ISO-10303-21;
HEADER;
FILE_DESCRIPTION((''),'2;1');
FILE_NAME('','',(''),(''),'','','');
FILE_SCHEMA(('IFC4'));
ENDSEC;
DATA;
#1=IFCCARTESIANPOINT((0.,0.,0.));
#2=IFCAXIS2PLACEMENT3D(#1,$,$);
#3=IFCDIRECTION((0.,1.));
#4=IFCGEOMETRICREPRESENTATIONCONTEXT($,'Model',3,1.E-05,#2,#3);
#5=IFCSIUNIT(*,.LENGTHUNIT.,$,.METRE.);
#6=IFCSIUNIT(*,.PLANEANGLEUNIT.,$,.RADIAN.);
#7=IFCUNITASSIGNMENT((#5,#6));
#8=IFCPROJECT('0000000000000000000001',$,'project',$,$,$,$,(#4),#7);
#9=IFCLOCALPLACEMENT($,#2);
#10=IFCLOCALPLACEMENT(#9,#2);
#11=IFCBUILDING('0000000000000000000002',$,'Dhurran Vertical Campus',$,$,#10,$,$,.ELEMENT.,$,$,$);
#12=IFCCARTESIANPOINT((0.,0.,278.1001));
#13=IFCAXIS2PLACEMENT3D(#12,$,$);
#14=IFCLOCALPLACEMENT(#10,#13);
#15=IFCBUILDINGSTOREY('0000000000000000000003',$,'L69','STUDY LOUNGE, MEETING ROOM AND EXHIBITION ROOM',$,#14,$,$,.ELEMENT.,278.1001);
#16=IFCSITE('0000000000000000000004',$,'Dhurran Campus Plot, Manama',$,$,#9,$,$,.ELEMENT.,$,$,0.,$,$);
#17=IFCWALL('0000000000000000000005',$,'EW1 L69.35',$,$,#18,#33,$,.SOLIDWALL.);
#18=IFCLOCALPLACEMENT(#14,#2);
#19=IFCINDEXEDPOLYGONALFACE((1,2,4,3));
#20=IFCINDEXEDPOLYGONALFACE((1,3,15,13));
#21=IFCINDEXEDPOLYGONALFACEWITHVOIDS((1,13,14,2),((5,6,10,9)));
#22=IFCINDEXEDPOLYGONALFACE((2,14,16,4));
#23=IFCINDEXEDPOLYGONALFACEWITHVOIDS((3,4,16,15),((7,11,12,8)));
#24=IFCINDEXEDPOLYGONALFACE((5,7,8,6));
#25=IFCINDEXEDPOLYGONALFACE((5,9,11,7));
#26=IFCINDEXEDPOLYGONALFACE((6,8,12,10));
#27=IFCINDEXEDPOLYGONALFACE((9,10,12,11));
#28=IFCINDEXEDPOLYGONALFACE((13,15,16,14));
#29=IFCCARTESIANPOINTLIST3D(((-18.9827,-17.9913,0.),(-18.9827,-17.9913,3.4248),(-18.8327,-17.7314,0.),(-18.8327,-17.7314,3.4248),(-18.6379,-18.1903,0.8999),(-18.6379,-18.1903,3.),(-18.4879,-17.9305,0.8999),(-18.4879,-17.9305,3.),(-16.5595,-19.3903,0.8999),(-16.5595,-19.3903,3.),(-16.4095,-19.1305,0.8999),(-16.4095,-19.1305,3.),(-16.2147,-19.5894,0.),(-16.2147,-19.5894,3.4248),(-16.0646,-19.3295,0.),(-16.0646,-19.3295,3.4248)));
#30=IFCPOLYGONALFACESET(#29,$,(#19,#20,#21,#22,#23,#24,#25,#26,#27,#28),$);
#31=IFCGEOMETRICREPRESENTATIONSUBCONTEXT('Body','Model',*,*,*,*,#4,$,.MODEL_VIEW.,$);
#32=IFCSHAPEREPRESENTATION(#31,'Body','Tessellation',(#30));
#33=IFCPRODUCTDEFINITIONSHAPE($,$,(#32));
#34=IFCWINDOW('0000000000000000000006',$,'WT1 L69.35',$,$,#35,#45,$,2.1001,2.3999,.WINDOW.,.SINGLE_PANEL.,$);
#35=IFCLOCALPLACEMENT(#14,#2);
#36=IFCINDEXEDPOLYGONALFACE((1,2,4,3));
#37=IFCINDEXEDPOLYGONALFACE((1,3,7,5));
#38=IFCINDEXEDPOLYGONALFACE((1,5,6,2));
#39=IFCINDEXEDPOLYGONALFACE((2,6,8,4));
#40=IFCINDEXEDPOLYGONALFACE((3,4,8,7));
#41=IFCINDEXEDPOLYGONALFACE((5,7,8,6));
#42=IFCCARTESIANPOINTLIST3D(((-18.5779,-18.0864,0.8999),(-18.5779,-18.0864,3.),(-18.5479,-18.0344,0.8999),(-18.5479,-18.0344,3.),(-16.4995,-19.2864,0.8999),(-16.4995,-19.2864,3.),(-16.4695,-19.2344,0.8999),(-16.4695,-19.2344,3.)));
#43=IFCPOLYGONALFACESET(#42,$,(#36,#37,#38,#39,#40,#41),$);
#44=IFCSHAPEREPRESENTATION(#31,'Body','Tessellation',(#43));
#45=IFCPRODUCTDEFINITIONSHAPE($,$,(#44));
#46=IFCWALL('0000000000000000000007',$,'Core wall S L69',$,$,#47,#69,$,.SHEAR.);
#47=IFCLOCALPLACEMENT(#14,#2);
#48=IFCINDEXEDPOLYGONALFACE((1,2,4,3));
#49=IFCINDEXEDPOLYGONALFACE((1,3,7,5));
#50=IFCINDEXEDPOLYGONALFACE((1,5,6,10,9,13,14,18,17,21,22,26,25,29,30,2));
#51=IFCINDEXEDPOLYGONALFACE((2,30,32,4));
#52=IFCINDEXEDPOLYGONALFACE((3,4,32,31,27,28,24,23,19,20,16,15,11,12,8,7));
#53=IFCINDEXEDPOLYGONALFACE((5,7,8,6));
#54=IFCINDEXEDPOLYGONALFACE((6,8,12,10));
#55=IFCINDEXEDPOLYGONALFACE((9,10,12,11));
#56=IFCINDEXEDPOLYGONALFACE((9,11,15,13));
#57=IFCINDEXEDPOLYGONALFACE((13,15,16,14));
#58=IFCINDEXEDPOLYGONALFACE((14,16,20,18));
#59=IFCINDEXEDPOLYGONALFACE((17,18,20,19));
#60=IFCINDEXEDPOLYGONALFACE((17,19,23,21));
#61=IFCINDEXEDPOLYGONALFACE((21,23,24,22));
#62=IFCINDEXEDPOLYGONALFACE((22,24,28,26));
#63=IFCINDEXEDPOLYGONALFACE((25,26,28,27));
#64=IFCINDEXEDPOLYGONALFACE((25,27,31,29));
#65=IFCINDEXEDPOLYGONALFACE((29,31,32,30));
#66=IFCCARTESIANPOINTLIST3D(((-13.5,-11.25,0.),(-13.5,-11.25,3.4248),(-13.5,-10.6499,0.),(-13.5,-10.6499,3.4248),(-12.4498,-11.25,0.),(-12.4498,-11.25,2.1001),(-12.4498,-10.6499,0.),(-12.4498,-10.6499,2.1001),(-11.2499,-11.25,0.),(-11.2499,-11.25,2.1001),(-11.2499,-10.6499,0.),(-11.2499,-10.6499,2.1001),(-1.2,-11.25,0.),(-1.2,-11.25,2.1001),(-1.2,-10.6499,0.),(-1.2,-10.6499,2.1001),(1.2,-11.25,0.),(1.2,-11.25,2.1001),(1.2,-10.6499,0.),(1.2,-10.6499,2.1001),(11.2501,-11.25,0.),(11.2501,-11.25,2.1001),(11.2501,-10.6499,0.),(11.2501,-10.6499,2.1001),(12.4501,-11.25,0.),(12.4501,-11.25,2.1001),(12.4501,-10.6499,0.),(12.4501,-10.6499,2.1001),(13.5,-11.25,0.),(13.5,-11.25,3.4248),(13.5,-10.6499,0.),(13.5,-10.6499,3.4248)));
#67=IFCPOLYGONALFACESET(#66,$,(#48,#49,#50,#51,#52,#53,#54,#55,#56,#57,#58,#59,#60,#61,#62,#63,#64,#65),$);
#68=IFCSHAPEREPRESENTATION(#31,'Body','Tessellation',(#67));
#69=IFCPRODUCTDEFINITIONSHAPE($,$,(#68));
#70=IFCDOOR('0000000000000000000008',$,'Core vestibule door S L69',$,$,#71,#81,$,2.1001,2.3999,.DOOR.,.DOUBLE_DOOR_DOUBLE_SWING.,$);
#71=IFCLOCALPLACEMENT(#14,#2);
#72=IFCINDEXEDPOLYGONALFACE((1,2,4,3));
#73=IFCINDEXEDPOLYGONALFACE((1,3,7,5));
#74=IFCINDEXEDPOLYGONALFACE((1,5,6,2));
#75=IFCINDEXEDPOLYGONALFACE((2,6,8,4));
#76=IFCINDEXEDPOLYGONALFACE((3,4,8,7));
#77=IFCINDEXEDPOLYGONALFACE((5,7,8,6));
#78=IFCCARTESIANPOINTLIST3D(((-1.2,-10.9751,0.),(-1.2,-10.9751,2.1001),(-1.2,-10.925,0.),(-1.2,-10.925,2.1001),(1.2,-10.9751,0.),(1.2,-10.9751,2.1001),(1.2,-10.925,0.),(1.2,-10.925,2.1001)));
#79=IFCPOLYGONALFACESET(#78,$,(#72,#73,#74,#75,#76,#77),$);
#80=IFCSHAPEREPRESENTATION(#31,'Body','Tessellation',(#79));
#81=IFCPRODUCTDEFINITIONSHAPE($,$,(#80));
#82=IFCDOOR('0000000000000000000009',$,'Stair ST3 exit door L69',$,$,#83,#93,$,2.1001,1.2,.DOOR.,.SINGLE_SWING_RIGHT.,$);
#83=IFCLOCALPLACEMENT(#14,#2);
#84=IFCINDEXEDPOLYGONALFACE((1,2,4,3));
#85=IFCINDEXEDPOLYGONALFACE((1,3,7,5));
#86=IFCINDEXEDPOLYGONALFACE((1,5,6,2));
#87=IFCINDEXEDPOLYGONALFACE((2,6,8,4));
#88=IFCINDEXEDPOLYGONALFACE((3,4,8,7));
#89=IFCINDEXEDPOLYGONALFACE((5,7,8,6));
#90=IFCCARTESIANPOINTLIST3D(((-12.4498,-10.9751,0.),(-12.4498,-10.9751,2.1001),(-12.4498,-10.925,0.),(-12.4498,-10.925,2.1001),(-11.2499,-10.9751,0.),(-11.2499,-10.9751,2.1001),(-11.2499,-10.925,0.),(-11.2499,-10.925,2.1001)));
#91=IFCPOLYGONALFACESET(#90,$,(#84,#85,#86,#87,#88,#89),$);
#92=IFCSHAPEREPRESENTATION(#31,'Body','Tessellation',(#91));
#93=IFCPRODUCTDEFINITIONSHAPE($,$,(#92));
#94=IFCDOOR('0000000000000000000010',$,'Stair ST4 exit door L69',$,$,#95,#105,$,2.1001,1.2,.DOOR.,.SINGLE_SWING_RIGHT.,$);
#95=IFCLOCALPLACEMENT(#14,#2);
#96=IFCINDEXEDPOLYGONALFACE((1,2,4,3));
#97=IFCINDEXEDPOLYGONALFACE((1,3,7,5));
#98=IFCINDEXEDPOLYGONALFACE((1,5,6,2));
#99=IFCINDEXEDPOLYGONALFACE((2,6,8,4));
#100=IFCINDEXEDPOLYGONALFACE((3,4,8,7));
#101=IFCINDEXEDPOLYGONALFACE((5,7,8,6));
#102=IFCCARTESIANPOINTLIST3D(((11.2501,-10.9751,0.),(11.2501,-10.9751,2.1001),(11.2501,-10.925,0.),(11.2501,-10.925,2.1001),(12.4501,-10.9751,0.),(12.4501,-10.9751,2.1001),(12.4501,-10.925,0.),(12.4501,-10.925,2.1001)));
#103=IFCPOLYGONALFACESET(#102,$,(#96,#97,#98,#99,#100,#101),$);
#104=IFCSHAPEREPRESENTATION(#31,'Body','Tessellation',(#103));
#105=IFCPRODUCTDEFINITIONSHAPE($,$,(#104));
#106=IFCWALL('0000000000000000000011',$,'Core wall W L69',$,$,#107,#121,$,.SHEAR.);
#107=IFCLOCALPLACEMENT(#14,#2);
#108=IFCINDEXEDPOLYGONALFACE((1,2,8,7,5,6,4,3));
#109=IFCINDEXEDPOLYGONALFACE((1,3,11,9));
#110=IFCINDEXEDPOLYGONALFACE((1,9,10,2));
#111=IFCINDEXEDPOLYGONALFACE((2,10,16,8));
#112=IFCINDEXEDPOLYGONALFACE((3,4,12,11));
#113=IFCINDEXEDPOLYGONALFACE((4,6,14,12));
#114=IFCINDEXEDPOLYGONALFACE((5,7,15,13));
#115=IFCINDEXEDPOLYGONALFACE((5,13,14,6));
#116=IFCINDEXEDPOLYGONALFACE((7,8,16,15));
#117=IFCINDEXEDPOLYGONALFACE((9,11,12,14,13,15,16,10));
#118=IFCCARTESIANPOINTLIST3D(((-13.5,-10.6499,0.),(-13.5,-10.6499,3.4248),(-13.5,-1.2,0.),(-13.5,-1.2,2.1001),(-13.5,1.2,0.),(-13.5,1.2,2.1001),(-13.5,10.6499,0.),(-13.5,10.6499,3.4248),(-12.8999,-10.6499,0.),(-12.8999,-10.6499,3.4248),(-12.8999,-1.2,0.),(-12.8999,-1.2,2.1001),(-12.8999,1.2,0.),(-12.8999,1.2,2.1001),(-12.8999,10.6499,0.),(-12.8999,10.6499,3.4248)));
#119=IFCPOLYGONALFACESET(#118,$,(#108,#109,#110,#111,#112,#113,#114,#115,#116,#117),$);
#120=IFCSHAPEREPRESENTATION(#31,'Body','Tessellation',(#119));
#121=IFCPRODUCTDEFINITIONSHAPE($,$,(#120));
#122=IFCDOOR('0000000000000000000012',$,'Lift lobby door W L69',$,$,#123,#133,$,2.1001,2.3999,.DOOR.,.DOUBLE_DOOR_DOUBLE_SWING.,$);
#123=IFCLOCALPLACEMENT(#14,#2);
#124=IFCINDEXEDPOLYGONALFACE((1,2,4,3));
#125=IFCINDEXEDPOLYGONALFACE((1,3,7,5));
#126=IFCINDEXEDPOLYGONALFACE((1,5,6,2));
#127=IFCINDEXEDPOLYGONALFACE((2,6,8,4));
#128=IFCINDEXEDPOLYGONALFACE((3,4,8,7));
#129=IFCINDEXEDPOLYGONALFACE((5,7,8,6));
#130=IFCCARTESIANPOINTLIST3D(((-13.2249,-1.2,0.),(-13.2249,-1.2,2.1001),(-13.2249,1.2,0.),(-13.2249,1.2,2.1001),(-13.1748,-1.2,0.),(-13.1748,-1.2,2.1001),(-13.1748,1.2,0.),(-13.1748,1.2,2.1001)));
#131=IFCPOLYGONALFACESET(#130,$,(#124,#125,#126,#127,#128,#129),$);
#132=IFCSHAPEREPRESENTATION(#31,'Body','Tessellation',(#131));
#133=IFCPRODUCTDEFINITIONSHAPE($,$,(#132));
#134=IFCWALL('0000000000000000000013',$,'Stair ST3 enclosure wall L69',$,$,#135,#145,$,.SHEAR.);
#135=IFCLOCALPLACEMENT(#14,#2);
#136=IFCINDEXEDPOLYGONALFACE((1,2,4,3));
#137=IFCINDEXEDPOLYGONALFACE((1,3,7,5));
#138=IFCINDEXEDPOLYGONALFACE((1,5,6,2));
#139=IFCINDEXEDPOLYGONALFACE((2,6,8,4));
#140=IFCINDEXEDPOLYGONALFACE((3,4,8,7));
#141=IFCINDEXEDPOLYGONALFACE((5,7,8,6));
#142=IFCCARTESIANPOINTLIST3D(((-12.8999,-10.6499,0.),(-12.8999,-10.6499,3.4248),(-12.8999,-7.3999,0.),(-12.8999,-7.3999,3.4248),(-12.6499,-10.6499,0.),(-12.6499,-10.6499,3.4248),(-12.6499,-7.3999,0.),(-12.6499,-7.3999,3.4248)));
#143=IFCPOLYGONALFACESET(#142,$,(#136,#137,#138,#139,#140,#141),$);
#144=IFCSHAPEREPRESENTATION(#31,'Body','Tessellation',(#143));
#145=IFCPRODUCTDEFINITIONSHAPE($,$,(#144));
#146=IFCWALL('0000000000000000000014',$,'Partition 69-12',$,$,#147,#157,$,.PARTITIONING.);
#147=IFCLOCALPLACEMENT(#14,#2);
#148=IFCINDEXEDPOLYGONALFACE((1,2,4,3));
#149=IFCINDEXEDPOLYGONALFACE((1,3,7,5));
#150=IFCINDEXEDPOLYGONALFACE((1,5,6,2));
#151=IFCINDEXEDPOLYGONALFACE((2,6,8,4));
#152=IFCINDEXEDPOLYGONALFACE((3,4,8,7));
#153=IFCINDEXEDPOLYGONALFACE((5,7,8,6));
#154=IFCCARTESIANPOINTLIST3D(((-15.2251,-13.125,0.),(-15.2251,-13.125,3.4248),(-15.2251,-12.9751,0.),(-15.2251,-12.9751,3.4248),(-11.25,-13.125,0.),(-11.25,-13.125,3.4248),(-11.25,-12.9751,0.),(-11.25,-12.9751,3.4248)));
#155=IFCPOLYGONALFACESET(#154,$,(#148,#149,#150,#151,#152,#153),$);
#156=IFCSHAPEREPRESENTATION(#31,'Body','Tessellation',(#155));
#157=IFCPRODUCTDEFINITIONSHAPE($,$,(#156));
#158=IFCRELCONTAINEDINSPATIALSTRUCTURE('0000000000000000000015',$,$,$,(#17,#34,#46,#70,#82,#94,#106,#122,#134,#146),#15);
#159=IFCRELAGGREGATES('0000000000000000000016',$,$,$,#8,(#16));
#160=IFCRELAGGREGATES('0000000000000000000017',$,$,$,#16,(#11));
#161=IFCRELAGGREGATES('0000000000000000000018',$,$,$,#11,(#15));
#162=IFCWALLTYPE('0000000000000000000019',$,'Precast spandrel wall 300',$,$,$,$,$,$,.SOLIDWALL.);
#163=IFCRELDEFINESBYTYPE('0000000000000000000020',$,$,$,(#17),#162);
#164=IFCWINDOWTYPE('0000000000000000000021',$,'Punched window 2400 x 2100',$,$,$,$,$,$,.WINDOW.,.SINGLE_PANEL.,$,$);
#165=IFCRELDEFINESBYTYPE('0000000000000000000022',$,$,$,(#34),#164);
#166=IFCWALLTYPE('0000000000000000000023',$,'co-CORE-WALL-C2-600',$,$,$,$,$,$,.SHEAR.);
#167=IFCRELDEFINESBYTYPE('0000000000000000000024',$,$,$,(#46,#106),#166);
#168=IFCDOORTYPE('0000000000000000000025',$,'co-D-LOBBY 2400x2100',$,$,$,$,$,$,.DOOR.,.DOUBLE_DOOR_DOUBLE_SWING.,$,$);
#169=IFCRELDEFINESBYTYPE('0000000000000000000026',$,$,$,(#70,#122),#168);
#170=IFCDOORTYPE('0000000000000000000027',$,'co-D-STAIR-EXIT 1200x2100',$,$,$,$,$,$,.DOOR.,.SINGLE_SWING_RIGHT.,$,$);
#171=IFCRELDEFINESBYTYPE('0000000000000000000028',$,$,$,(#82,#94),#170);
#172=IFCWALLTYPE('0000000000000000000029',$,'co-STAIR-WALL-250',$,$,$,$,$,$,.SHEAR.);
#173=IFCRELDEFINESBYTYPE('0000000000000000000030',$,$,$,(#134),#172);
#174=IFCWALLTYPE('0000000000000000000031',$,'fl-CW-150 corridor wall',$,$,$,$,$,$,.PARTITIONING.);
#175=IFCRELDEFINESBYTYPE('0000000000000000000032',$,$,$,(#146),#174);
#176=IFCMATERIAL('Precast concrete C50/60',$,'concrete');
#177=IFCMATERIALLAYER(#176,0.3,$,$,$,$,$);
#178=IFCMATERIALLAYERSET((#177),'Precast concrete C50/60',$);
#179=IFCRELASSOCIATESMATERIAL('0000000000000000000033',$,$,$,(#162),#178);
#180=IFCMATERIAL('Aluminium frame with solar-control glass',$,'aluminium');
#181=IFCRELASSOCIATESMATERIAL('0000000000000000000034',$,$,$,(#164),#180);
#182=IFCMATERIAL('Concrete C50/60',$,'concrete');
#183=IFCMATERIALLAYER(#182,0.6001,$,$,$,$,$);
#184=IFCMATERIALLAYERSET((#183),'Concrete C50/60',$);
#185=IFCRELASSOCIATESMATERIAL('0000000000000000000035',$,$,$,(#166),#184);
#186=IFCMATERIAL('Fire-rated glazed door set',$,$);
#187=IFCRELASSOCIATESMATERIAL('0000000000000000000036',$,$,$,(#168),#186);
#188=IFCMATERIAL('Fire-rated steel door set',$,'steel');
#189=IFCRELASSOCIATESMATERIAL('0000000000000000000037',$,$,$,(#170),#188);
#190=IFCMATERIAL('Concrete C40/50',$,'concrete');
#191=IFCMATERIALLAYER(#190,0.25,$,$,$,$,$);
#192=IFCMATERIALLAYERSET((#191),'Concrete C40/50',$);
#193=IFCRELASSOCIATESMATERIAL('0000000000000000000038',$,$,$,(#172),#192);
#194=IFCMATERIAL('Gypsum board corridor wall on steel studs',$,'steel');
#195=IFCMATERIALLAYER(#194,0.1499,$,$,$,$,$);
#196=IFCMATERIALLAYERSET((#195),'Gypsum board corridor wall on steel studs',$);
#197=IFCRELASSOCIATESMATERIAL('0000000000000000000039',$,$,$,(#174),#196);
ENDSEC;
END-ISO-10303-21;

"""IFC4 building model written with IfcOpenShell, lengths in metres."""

from ifc_helpers import new_model, si_unit, direction, frame, frame_2d, origin, place, context, subcontext, project, spatial, rectangle, extrude, material, layer, layer_set, type_object, element, fill, save


model = new_model("IFC4")

# Units and contexts
model_context = context("Model", 3, precision=1e-05, world=origin(), true_north=direction((0.0, 1.0)))
body_context = subcontext(model_context, "Body", "Model", "MODEL_VIEW")
ifc_project = project(units=[si_unit("LENGTHUNIT", "METRE"), si_unit("PLANEANGLEUNIT", "RADIAN")], contexts=[model_context])

# Site, building, storey
site_placement = place(None, origin())
site = spatial("IfcSite", under=ifc_project, at=site_placement, Name="Dhurran Campus Plot, Manama", CompositionType="ELEMENT", RefElevation=0.0)
building_placement = place(site_placement, origin())
building = spatial("IfcBuilding", under=site, at=building_placement, Name="Dhurran Vertical Campus", CompositionType="ELEMENT")
storey_placement = place(building_placement, frame((0.0, 0.0, 278.1001)))
storey = spatial("IfcBuildingStorey", under=building, at=storey_placement, Name="L69", Description="STUDY LOUNGE, MEETING ROOM AND EXHIBITION ROOM", CompositionType="ELEMENT", Elevation=278.1001)

# Wall, opening, window
ifc_material_1 = material(Name="Precast concrete C50/60", Category="concrete")
ifc_layer_1 = layer(ifc_material_1, 0.3)
ifc_layer_set_1 = layer_set([ifc_layer_1], Name="Precast concrete C50/60")
wall_type_1 = type_object("IfcWallType", Name="Precast spandrel wall 300", PredefinedType="SOLIDWALL", material=ifc_layer_set_1)
ifc_material_2 = material(Name="Aluminium frame with solar-control glass", Category="aluminium")
window_type = type_object("IfcWindowType", Name="Punched window 2400 x 2100", PartitioningType="SINGLE_PANEL", PredefinedType="WINDOW", material=ifc_material_2)
wall_1_placement = place(storey_placement, frame((-18.9077, -17.8613, 0.0), z_axis=(0.0, 0.0, 1.0), x_axis=(0.866025, -0.5, 0.0)))
wall_1 = element("IfcWall", 1, at=wall_1_placement, inside=storey, type_object=wall_type_1, Name="EW1 L69.35", PredefinedType="SOLIDWALL", context=body_context, shape_type="SweptSolid", body=[
    extrude(rectangle(XDim=3.1963, YDim=0.3, at=frame_2d((1.5981, 0.0))), origin(), (0.0, 0.0, 1.0), 3.4248),
])
opening_1_placement = place(wall_1_placement, frame((0.3982, 0.0, 0.8999)))
opening_1 = element("IfcOpeningElement", 2, at=opening_1_placement, cuts=wall_1, PredefinedType="OPENING", context=body_context, shape_type="SweptSolid", body=[
    extrude(rectangle(XDim=2.3999, YDim=2.1001, at=frame_2d((1.2, 1.05))), frame((0.0, 0.1599, 0.0), z_axis=(0.0, -1.0, 0.0), x_axis=(1.0, 0.0, 0.0)), (0.0, 0.0, 1.0), 0.3201),
])
window_1_placement = place(opening_1_placement, origin())
window_1 = element("IfcWindow", 3, at=window_1_placement, inside=storey, type_object=window_type, Name="WT1 L69.35", OverallHeight=2.1001, OverallWidth=2.3999, PartitioningType="SINGLE_PANEL", PredefinedType="WINDOW", context=body_context, shape_type="SweptSolid", body=[
    extrude(rectangle(XDim=2.3999, YDim=2.1001, at=frame_2d((1.2, 1.05))), frame((0.0, 0.03, 0.0), z_axis=(0.0, -1.0, 0.0), x_axis=(1.0, 0.0, 0.0)), (0.0, 0.0, 1.0), 0.0601),
])
fill(opening_1, window_1)

# Wall, openings, doors
ifc_material_3 = material(Name="Concrete C50/60", Category="concrete")
ifc_layer_2 = layer(ifc_material_3, 0.6001)
ifc_layer_set_2 = layer_set([ifc_layer_2], Name="Concrete C50/60")
wall_type_2 = type_object("IfcWallType", Name="co-CORE-WALL-C2-600", PredefinedType="SHEAR", material=ifc_layer_set_2)
wall_2_placement = place(storey_placement, frame((-13.5, -10.95, 0.0), z_axis=(0.0, 0.0, 1.0), x_axis=(1.0, 0.0, 0.0)))
wall_2 = element("IfcWall", 4, at=wall_2_placement, inside=storey, type_object=wall_type_2, Name="Core wall S L69", PredefinedType="SHEAR", context=body_context, shape_type="SweptSolid", body=[
    extrude(rectangle(XDim=27.0, YDim=0.6001, at=frame_2d((13.5, 0.0))), origin(), (0.0, 0.0, 1.0), 3.4248),
])
opening_2_placement = place(wall_2_placement, frame((12.3, 0.0, 0.0)))
opening_2 = element("IfcOpeningElement", 5, at=opening_2_placement, cuts=wall_2, PredefinedType="OPENING", context=body_context, shape_type="SweptSolid", body=[
    extrude(rectangle(XDim=2.3999, YDim=2.1001, at=frame_2d((1.2, 1.05))), frame((0.0, 0.3101, 0.0), z_axis=(0.0, -1.0, 0.0), x_axis=(1.0, 0.0, 0.0)), (0.0, 0.0, 1.0), 0.6201),
])
opening_3_placement = place(wall_2_placement, frame((1.05, 0.0, 0.0)))
opening_3 = element("IfcOpeningElement", 6, at=opening_3_placement, cuts=wall_2, PredefinedType="OPENING", context=body_context, shape_type="SweptSolid", body=[
    extrude(rectangle(XDim=1.2, YDim=2.1001, at=frame_2d((0.6001, 1.05))), frame((0.0, 0.3101, 0.0), z_axis=(0.0, -1.0, 0.0), x_axis=(1.0, 0.0, 0.0)), (0.0, 0.0, 1.0), 0.6201),
])
opening_4_placement = place(wall_2_placement, frame((24.75, 0.0, 0.0)))
opening_4 = element("IfcOpeningElement", 7, at=opening_4_placement, cuts=wall_2, PredefinedType="OPENING", context=body_context, shape_type="SweptSolid", body=[
    extrude(rectangle(XDim=1.2, YDim=2.1001, at=frame_2d((0.6001, 1.05))), frame((0.0, 0.3101, 0.0), z_axis=(0.0, -1.0, 0.0), x_axis=(1.0, 0.0, 0.0)), (0.0, 0.0, 1.0), 0.6201),
])
ifc_material_4 = material(Name="Fire-rated glazed door set")
door_type_1 = type_object("IfcDoorType", Name="co-D-LOBBY 2400x2100", OperationType="DOUBLE_DOOR_DOUBLE_SWING", PredefinedType="DOOR", material=ifc_material_4)
door_1_placement = place(opening_2_placement, origin())
door_1 = element("IfcDoor", 8, at=door_1_placement, inside=storey, type_object=door_type_1, Name="Core vestibule door S L69", OperationType="DOUBLE_DOOR_DOUBLE_SWING", OverallHeight=2.1001, OverallWidth=2.3999, PredefinedType="DOOR", context=body_context, shape_type="SweptSolid", body=[
    extrude(rectangle(XDim=2.3999, YDim=2.1001, at=frame_2d((1.2, 1.05))), frame((0.0, 0.0249, 0.0), z_axis=(0.0, -1.0, 0.0), x_axis=(1.0, 0.0, 0.0)), (0.0, 0.0, 1.0), 0.05),
])
fill(opening_2, door_1)
ifc_material_5 = material(Name="Fire-rated steel door set", Category="steel")
door_type_2 = type_object("IfcDoorType", Name="co-D-STAIR-EXIT 1200x2100", OperationType="SINGLE_SWING_RIGHT", PredefinedType="DOOR", material=ifc_material_5)
door_2_placement = place(opening_3_placement, origin())
door_2 = element("IfcDoor", 9, at=door_2_placement, inside=storey, type_object=door_type_2, Name="Stair ST3 exit door L69", OperationType="SINGLE_SWING_RIGHT", OverallHeight=2.1001, OverallWidth=1.2, PredefinedType="DOOR", context=body_context, shape_type="SweptSolid", body=[
    extrude(rectangle(XDim=1.2, YDim=2.1001, at=frame_2d((0.6001, 1.05))), frame((0.0, 0.0249, 0.0), z_axis=(0.0, -1.0, 0.0), x_axis=(1.0, 0.0, 0.0)), (0.0, 0.0, 1.0), 0.05),
])
fill(opening_3, door_2)
door_3_placement = place(opening_4_placement, origin())
door_3 = element("IfcDoor", 10, at=door_3_placement, inside=storey, type_object=door_type_2, Name="Stair ST4 exit door L69", OperationType="SINGLE_SWING_RIGHT", OverallHeight=2.1001, OverallWidth=1.2, PredefinedType="DOOR", context=body_context, shape_type="SweptSolid", body=[
    extrude(rectangle(XDim=1.2, YDim=2.1001, at=frame_2d((0.6001, 1.05))), frame((0.0, 0.0249, 0.0), z_axis=(0.0, -1.0, 0.0), x_axis=(1.0, 0.0, 0.0)), (0.0, 0.0, 1.0), 0.05),
])
fill(opening_4, door_3)

# Wall, opening, door
wall_3_placement = place(storey_placement, frame((-13.2, -10.6499, 0.0), z_axis=(0.0, 0.0, 1.0), x_axis=(0.0, 1.0, 0.0)))
wall_3 = element("IfcWall", 11, at=wall_3_placement, inside=storey, type_object=wall_type_2, Name="Core wall W L69", PredefinedType="SHEAR", context=body_context, shape_type="SweptSolid", body=[
    extrude(rectangle(XDim=21.2998, YDim=0.6001, at=frame_2d((10.6499, 0.0))), origin(), (0.0, 0.0, 1.0), 3.4248),
])
opening_5_placement = place(wall_3_placement, frame((9.45, 0.0, 0.0)))
opening_5 = element("IfcOpeningElement", 12, at=opening_5_placement, cuts=wall_3, PredefinedType="OPENING", context=body_context, shape_type="SweptSolid", body=[
    extrude(rectangle(XDim=2.3999, YDim=2.1001, at=frame_2d((1.2, 1.05))), frame((0.0, 0.3101, 0.0), z_axis=(0.0, -1.0, 0.0), x_axis=(1.0, 0.0, 0.0)), (0.0, 0.0, 1.0), 0.6201),
])
door_4_placement = place(opening_5_placement, origin())
door_4 = element("IfcDoor", 13, at=door_4_placement, inside=storey, type_object=door_type_1, Name="Lift lobby door W L69", OperationType="DOUBLE_DOOR_DOUBLE_SWING", OverallHeight=2.1001, OverallWidth=2.3999, PredefinedType="DOOR", context=body_context, shape_type="SweptSolid", body=[
    extrude(rectangle(XDim=2.3999, YDim=2.1001, at=frame_2d((1.2, 1.05))), frame((0.0, 0.0249, 0.0), z_axis=(0.0, -1.0, 0.0), x_axis=(1.0, 0.0, 0.0)), (0.0, 0.0, 1.0), 0.05),
])
fill(opening_5, door_4)

# Walls
ifc_material_6 = material(Name="Concrete C40/50", Category="concrete")
ifc_layer_3 = layer(ifc_material_6, 0.25)
ifc_layer_set_3 = layer_set([ifc_layer_3], Name="Concrete C40/50")
wall_type_3 = type_object("IfcWallType", Name="co-STAIR-WALL-250", PredefinedType="SHEAR", material=ifc_layer_set_3)
wall_4_placement = place(storey_placement, frame((-12.7749, -10.6499, 0.0), z_axis=(0.0, 0.0, 1.0), x_axis=(0.0, 1.0, 0.0)))
element("IfcWall", 14, at=wall_4_placement, inside=storey, type_object=wall_type_3, Name="Stair ST3 enclosure wall L69", PredefinedType="SHEAR", context=body_context, shape_type="SweptSolid", body=[
    extrude(rectangle(XDim=3.25, YDim=0.25, at=frame_2d((1.625, 0.0))), origin(), (0.0, 0.0, 1.0), 3.4248),
])
ifc_material_7 = material(Name="Gypsum board corridor wall on steel studs", Category="steel")
ifc_layer_4 = layer(ifc_material_7, 0.1499)
ifc_layer_set_4 = layer_set([ifc_layer_4], Name="Gypsum board corridor wall on steel studs")
wall_type_4 = type_object("IfcWallType", Name="fl-CW-150 corridor wall", PredefinedType="PARTITIONING", material=ifc_layer_set_4)
wall_5_placement = place(storey_placement, frame((-15.2251, -13.05, 0.0), z_axis=(0.0, 0.0, 1.0), x_axis=(1.0, 0.0, 0.0)))
element("IfcWall", 15, at=wall_5_placement, inside=storey, type_object=wall_type_4, Name="Partition 69-12", PredefinedType="PARTITIONING", context=body_context, shape_type="SweptSolid", body=[
    extrude(rectangle(XDim=3.9751, YDim=0.1499, at=frame_2d((1.9875, 0.0))), origin(), (0.0, 0.0, 1.0), 3.4248),
])

save(model, "model.ifc")
